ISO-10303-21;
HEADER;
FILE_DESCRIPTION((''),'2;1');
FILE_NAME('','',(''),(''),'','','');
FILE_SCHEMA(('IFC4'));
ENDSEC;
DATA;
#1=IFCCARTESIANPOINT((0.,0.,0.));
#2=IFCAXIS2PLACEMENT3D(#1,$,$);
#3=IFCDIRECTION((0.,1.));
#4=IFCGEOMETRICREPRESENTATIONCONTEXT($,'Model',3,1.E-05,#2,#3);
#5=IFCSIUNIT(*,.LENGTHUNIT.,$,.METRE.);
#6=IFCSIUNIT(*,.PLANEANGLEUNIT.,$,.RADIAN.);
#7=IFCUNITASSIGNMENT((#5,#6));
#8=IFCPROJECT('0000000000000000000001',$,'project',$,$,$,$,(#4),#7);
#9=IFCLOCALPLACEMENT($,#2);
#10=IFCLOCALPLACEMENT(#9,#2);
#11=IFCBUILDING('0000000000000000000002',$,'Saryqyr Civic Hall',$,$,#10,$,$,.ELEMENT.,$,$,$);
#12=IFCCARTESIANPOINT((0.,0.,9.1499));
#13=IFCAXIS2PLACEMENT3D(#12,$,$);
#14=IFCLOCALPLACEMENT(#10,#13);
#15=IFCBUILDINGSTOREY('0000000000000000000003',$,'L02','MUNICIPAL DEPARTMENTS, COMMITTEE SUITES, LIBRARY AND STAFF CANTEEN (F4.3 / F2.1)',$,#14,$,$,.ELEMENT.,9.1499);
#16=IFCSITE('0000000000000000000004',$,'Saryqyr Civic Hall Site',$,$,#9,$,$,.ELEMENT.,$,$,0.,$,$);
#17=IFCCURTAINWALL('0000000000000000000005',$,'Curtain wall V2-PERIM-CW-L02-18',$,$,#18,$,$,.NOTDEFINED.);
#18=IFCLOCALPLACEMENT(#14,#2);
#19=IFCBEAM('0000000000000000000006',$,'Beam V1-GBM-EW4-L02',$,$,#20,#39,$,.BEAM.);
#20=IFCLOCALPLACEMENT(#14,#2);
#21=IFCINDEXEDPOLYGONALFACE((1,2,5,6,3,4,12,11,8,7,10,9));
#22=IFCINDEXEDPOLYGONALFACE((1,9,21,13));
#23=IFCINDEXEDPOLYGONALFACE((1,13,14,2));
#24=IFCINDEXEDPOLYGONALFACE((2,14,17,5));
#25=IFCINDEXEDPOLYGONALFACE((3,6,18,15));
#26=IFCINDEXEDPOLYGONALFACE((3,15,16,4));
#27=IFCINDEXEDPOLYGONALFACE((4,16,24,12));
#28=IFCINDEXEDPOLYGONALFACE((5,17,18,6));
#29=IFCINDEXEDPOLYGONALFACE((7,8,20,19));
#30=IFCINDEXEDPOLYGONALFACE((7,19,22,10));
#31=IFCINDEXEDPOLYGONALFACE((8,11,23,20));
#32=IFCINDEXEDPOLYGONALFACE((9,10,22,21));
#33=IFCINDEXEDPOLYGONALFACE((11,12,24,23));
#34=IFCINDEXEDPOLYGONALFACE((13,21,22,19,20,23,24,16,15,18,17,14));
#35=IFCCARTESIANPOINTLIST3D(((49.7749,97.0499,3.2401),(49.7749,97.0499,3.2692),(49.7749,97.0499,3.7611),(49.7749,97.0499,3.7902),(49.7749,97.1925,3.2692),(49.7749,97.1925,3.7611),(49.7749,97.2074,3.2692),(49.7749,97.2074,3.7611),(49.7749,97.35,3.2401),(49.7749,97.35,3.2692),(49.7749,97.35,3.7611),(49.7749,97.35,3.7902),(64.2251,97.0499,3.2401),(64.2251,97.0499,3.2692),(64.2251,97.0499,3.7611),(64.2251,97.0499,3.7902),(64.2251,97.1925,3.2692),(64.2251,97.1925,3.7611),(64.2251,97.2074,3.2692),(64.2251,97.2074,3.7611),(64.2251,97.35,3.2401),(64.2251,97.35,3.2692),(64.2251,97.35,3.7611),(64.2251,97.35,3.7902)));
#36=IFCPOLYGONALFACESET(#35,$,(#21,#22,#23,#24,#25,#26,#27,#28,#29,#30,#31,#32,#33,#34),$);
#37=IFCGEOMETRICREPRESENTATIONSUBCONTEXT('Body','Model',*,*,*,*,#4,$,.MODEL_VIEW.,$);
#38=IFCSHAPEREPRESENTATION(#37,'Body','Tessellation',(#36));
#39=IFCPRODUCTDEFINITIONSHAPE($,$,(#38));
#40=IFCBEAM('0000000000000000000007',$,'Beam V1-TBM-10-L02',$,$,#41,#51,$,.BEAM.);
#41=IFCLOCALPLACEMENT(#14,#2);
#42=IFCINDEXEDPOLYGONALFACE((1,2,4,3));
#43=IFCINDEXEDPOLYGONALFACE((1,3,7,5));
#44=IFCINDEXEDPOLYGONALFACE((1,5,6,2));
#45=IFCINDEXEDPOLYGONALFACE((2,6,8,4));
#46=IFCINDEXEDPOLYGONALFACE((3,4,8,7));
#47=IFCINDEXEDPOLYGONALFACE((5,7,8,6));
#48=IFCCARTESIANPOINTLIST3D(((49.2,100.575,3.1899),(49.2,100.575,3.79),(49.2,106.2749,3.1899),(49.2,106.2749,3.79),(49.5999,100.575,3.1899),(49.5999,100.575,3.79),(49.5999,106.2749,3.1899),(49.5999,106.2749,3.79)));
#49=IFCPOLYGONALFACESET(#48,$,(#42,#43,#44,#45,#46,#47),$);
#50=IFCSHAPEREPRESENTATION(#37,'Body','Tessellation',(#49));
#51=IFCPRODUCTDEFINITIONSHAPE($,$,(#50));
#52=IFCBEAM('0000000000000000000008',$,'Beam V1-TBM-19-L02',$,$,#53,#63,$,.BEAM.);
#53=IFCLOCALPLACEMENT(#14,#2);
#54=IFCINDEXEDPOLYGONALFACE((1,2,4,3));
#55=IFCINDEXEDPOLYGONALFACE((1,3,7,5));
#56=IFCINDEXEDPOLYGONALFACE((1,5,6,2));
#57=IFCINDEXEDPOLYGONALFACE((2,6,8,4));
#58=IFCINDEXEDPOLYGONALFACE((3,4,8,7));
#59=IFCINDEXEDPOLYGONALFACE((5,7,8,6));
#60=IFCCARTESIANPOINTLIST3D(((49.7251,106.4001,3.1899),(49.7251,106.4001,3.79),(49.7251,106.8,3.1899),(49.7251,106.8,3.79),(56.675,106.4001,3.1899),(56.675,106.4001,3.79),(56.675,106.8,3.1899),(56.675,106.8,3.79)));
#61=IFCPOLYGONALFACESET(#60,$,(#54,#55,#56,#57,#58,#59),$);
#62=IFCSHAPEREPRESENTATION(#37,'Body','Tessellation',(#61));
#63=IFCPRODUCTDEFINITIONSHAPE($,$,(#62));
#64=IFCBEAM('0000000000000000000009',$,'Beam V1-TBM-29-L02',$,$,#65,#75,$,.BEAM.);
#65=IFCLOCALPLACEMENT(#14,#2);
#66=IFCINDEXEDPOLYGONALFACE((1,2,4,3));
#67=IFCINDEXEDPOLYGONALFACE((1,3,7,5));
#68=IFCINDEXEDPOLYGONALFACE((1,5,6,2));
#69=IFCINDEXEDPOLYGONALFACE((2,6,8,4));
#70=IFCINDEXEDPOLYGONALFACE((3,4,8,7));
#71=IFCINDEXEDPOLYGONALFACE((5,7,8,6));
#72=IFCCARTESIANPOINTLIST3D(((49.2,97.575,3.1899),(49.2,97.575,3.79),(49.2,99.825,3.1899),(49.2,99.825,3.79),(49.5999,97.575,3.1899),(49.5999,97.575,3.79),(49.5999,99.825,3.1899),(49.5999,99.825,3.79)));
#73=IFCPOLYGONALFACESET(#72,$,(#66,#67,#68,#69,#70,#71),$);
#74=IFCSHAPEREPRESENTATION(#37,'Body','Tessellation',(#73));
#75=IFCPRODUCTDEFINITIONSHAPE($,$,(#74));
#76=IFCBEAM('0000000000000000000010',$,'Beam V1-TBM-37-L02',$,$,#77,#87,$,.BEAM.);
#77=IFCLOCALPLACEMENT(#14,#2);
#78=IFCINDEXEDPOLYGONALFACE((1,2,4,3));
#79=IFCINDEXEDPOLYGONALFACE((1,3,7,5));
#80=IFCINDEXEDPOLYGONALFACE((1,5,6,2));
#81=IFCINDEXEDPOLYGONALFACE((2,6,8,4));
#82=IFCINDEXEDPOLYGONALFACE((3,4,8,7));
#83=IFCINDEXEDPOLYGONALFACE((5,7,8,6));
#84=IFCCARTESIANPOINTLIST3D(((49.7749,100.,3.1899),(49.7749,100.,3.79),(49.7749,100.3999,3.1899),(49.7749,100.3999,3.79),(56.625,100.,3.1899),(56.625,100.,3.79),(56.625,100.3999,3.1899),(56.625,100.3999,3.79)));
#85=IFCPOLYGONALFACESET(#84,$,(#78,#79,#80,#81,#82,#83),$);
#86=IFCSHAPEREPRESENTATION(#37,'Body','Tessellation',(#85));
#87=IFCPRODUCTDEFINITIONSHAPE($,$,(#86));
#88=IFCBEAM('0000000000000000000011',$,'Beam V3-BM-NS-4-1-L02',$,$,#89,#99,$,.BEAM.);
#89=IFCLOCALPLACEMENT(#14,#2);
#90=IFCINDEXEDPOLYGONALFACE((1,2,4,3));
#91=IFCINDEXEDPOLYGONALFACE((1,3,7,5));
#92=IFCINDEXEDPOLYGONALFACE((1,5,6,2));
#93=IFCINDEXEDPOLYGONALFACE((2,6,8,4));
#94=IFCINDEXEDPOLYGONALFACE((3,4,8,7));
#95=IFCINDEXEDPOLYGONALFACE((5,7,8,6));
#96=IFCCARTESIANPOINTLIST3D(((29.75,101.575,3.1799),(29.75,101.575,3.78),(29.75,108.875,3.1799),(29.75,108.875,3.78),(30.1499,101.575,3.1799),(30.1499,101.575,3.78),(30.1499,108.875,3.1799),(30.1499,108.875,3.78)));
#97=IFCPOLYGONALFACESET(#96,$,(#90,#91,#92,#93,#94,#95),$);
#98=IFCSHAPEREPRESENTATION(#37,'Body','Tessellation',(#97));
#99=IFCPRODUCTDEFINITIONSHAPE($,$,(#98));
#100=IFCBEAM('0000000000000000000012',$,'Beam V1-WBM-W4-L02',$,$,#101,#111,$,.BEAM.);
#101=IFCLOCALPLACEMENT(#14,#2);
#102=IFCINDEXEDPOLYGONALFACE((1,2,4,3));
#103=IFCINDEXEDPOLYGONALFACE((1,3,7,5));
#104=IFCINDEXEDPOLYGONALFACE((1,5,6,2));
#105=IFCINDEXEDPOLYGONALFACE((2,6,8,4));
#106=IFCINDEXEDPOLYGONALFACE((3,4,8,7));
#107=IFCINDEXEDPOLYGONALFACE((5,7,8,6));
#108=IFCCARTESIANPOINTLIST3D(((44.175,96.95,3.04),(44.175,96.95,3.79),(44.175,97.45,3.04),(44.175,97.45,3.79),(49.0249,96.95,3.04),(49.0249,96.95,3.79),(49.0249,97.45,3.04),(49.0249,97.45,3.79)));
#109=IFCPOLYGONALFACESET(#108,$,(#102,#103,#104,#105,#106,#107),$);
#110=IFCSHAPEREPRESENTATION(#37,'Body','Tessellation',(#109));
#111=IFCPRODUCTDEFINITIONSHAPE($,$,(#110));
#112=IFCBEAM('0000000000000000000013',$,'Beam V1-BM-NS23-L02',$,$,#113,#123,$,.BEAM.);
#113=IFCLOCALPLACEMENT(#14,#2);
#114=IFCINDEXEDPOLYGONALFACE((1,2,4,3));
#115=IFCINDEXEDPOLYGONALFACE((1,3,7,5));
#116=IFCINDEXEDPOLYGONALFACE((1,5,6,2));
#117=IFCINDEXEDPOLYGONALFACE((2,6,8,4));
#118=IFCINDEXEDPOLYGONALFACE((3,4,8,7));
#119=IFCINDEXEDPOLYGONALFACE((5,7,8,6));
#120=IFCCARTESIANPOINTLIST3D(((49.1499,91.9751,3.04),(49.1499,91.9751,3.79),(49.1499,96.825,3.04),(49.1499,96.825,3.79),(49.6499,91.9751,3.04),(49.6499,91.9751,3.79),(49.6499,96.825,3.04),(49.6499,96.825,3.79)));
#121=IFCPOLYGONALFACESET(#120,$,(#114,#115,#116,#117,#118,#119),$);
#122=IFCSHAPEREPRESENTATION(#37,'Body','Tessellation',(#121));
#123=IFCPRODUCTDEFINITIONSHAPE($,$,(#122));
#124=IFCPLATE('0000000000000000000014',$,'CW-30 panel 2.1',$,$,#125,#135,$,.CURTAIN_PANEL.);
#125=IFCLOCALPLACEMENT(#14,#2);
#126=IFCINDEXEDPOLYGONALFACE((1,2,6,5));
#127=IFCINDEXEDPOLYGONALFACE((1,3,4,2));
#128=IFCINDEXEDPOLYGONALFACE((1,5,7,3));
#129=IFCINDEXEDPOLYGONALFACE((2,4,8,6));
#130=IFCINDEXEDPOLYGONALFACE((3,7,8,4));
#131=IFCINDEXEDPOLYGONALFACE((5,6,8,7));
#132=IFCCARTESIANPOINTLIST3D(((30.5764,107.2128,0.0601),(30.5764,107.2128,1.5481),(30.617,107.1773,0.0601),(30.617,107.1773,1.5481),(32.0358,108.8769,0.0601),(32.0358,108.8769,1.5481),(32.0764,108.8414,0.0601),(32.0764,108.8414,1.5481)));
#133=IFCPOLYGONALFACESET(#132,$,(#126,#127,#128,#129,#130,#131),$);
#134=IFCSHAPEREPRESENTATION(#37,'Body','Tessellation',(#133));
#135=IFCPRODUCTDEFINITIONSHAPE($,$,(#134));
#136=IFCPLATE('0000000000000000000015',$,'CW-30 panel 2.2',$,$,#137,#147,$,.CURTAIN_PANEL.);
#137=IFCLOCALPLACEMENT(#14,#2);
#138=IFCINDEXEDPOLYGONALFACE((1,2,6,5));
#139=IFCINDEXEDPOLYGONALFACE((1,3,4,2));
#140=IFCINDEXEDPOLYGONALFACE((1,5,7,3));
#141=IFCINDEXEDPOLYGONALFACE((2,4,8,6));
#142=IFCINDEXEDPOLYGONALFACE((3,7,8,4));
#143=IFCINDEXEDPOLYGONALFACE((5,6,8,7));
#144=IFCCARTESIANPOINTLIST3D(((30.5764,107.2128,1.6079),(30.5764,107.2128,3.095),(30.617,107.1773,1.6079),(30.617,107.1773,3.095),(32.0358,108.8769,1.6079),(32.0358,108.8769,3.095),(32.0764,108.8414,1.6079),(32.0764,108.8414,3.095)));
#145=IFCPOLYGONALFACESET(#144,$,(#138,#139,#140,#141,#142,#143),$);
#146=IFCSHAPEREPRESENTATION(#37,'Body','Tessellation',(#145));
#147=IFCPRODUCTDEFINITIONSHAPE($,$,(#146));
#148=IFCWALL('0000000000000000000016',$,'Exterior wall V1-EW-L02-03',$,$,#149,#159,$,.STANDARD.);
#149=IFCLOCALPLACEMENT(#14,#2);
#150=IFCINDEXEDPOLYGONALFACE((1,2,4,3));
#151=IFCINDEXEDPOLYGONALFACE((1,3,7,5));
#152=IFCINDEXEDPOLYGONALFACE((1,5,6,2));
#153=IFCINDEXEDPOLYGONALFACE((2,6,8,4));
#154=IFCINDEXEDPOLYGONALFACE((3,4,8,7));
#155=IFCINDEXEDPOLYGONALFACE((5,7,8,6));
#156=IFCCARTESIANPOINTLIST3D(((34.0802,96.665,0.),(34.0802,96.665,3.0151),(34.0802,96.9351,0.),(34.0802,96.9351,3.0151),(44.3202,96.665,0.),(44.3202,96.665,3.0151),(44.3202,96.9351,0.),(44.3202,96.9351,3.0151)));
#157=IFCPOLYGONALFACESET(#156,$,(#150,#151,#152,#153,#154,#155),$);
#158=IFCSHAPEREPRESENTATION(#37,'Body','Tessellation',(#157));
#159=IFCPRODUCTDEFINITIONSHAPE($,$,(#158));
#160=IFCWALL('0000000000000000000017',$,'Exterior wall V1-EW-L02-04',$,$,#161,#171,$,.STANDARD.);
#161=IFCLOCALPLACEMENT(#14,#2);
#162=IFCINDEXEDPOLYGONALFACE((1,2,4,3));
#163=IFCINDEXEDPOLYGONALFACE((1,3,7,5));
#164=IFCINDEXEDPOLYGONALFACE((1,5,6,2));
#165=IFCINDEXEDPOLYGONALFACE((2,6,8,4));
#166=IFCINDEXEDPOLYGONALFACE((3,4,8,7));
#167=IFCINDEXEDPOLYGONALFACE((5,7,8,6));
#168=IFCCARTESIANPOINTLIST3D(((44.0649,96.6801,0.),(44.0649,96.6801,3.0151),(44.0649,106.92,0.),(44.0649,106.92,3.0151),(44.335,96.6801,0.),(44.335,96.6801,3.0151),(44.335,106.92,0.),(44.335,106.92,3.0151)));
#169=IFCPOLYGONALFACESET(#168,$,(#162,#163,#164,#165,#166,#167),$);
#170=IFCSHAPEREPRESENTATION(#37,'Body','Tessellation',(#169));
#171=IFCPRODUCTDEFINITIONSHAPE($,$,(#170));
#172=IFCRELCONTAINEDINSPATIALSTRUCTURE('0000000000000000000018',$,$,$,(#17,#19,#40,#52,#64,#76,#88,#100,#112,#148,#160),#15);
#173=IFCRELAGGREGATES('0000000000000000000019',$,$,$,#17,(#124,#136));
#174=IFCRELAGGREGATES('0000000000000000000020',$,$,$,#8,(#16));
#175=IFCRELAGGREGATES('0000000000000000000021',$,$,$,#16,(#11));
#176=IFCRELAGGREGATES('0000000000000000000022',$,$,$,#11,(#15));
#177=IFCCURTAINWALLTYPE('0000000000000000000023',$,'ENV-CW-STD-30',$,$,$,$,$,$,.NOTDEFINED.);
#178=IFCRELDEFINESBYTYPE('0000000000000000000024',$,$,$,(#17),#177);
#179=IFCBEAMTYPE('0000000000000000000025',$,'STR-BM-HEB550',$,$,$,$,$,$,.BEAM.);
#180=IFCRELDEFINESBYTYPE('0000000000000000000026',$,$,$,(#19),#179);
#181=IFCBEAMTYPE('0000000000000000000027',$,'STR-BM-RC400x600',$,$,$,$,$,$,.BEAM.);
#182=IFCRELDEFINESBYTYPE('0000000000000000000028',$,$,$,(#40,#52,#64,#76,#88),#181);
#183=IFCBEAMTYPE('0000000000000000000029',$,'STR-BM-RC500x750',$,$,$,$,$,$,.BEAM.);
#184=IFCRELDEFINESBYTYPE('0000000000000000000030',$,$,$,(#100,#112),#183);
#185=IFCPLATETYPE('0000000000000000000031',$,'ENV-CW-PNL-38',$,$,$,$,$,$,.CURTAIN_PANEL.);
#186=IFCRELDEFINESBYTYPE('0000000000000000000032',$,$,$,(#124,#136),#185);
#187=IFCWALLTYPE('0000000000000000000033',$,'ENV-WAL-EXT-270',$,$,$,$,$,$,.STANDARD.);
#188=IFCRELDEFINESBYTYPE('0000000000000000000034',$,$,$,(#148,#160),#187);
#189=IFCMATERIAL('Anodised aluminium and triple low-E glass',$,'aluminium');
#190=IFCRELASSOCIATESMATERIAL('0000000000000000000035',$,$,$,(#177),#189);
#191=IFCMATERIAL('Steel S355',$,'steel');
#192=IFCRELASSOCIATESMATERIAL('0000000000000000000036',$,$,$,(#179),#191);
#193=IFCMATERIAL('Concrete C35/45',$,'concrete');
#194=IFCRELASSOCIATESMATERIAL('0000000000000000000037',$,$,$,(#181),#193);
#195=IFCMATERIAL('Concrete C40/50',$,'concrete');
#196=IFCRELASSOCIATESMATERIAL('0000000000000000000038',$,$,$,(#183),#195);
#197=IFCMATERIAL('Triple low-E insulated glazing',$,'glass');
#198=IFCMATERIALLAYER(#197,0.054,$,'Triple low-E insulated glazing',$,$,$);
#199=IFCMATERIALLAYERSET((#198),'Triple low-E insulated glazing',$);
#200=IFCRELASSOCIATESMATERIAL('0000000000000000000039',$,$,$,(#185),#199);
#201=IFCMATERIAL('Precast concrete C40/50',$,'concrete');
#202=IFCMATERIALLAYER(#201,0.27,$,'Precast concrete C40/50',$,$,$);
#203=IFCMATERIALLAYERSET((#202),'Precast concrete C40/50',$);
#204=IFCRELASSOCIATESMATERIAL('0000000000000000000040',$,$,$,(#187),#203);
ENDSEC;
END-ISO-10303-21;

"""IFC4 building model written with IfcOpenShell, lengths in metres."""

from ifc_helpers import new_model, si_unit, direction, frame, frame_2d, origin, origin_2d, place, context, subcontext, project, spatial, rectangle, i_section, extrude, material, layer, layer_set, material_profile, profile_set, type_object, element, aggregate, save


model = new_model("IFC4")

# Units and contexts
model_context = context("Model", 3, precision=1e-05, world=origin(), true_north=direction((0.0, 1.0)))
body_context = subcontext(model_context, "Body", "Model", "MODEL_VIEW")
ifc_project = project(units=[si_unit("LENGTHUNIT", "METRE"), si_unit("PLANEANGLEUNIT", "RADIAN")], contexts=[model_context])

# Site, building, storey
site_placement = place(None, origin())
site = spatial("IfcSite", under=ifc_project, at=site_placement, Name="Saryqyr Civic Hall Site", CompositionType="ELEMENT", RefElevation=0.0)
building_placement = place(site_placement, origin())
building = spatial("IfcBuilding", under=site, at=building_placement, Name="Saryqyr Civic Hall", CompositionType="ELEMENT")
storey_placement = place(building_placement, frame((0.0, 0.0, 9.1499)))
storey = spatial("IfcBuildingStorey", under=building, at=storey_placement, Name="L02", Description="MUNICIPAL DEPARTMENTS, COMMITTEE SUITES, LIBRARY AND STAFF CANTEEN (F4.3 / F2.1)", CompositionType="ELEMENT", Elevation=9.1499)

# Shared definitions
ifc_material_1 = material(Name="Concrete C40/50", Category="concrete")

# Shared definitions
ifc_material_2 = material(Name="Anodised aluminium and triple low-E glass", Category="aluminium")

# Curtain wall
curtain_wall_type_1 = type_object("IfcCurtainWallType", Name="ENV-CW-STD-30", PredefinedType="NOTDEFINED", material=ifc_material_2)
curtain_wall_1_placement = place(storey_placement, origin())
curtain_wall_1 = element("IfcCurtainWall", 1, at=curtain_wall_1_placement, inside=storey, type_object=curtain_wall_type_1, Name="Curtain wall V2-PERIM-CW-L02-18", PredefinedType="NOTDEFINED")

# Beams
ifc_material_3 = material(Name="Steel S355", Category="steel")
ifc_material_profile_1 = material_profile(ifc_material_3, i_section(OverallWidth=0.3, OverallDepth=0.55, WebThickness=0.0149, FlangeThickness=0.0291, at=origin_2d()), Name="HEB 550")
ifc_profile_set_1 = profile_set([ifc_material_profile_1], Name="Steel S355")
beam_type_1 = type_object("IfcBeamType", Name="STR-BM-HEB550", PredefinedType="BEAM", material=ifc_profile_set_1)
beam_1_placement = place(storey_placement, frame((49.7749, 97.2, 3.5151), z_axis=(1.0, 0.0, 0.0), x_axis=(0.0, 1.0, 0.0)))
element("IfcBeam", 2, at=beam_1_placement, inside=storey, type_object=beam_type_1, Name="Beam V1-GBM-EW4-L02", PredefinedType="BEAM", context=body_context, shape_type="SweptSolid", body=[
    extrude(i_section(OverallWidth=0.3, OverallDepth=0.55, WebThickness=0.0149, FlangeThickness=0.0291, at=origin_2d()), origin(), (0.0, 0.0, 1.0), 14.4502),
])
ifc_material_4 = material(Name="Concrete C35/45", Category="concrete")
ifc_material_profile_2 = material_profile(ifc_material_4, rectangle(XDim=0.3999, YDim=0.6001, at=origin_2d()), Name="RC 400x600")
ifc_profile_set_2 = profile_set([ifc_material_profile_2], Name="Concrete C35/45")
beam_type_2 = type_object("IfcBeamType", Name="STR-BM-RC400x600", PredefinedType="BEAM", material=ifc_profile_set_2)
beam_2_placement = place(storey_placement, frame((49.3999, 100.575, 3.49), z_axis=(0.0, 1.0, 0.0), x_axis=(-1.0, 0.0, 0.0)))
element("IfcBeam", 3, at=beam_2_placement, inside=storey, type_object=beam_type_2, Name="Beam V1-TBM-10-L02", PredefinedType="BEAM", context=body_context, shape_type="SweptSolid", body=[
    extrude(rectangle(XDim=0.3999, YDim=0.6001, at=origin_2d()), origin(), (0.0, 0.0, 1.0), 5.7),
])
beam_3_placement = place(storey_placement, frame((49.7251, 106.6001, 3.49), z_axis=(1.0, 0.0, 0.0), x_axis=(0.0, 1.0, 0.0)))
element("IfcBeam", 4, at=beam_3_placement, inside=storey, type_object=beam_type_2, Name="Beam V1-TBM-19-L02", PredefinedType="BEAM", context=body_context, shape_type="SweptSolid", body=[
    extrude(rectangle(XDim=0.3999, YDim=0.6001, at=origin_2d()), origin(), (0.0, 0.0, 1.0), 6.95),
])
beam_4_placement = place(storey_placement, frame((49.3999, 97.575, 3.49), z_axis=(0.0, 1.0, 0.0), x_axis=(-1.0, 0.0, 0.0)))
element("IfcBeam", 5, at=beam_4_placement, inside=storey, type_object=beam_type_2, Name="Beam V1-TBM-29-L02", PredefinedType="BEAM", context=body_context, shape_type="SweptSolid", body=[
    extrude(rectangle(XDim=0.3999, YDim=0.6001, at=origin_2d()), origin(), (0.0, 0.0, 1.0), 2.25),
])
beam_5_placement = place(storey_placement, frame((49.7749, 100.2, 3.49), z_axis=(1.0, 0.0, 0.0), x_axis=(0.0, 1.0, 0.0)))
element("IfcBeam", 6, at=beam_5_placement, inside=storey, type_object=beam_type_2, Name="Beam V1-TBM-37-L02", PredefinedType="BEAM", context=body_context, shape_type="SweptSolid", body=[
    extrude(rectangle(XDim=0.3999, YDim=0.6001, at=origin_2d()), origin(), (0.0, 0.0, 1.0), 6.8501),
])
beam_6_placement = place(storey_placement, frame((29.95, 101.575, 3.48), z_axis=(0.0, 1.0, 0.0), x_axis=(-1.0, 0.0, 0.0)))
element("IfcBeam", 7, at=beam_6_placement, inside=storey, type_object=beam_type_2, Name="Beam V3-BM-NS-4-1-L02", PredefinedType="BEAM", context=body_context, shape_type="SweptSolid", body=[
    extrude(rectangle(XDim=0.3999, YDim=0.6001, at=origin_2d()), origin(), (0.0, 0.0, 1.0), 7.3),
])
ifc_material_profile_3 = material_profile(ifc_material_1, rectangle(XDim=0.5, YDim=0.75, at=origin_2d()), Name="RC 500x750")
ifc_profile_set_3 = profile_set([ifc_material_profile_3], Name="Concrete C40/50")
beam_type_3 = type_object("IfcBeamType", Name="STR-BM-RC500x750", PredefinedType="BEAM", material=ifc_profile_set_3)
for number, where, z_axis, x_axis, name in (
    (8, (44.175, 97.2, 3.415), (1.0, 0.0, 0.0), (0.0, 1.0, 0.0), "Beam V1-WBM-W4-L02"),
    (9, (49.3999, 91.9751, 3.415), (0.0, 1.0, 0.0), (-1.0, 0.0, 0.0), "Beam V1-BM-NS23-L02"),
):
    element("IfcBeam", number, at=place(storey_placement, frame(where, z_axis=z_axis, x_axis=x_axis)), inside=storey, type_object=beam_type_3, Name=name, PredefinedType="BEAM", context=body_context, shape_type="SweptSolid", body=[
        extrude(rectangle(XDim=0.5, YDim=0.75, at=origin_2d()), origin(), (0.0, 0.0, 1.0), 4.8499),
    ])

# Plates
ifc_material_5 = material(Name="Triple low-E insulated glazing", Category="glass")
ifc_layer_1 = layer(ifc_material_5, 0.054, Name="Triple low-E insulated glazing")
ifc_layer_set_1 = layer_set([ifc_layer_1], Name="Triple low-E insulated glazing")
plate_type = type_object("IfcPlateType", Name="ENV-CW-PNL-38", PredefinedType="CURTAIN_PANEL", material=ifc_layer_set_1)
plate_1_placement = place(storey_placement, frame((31.3264, 108.0271, 0.0601), z_axis=(0.0, 0.0, 1.0), x_axis=(0.659348, 0.751838, 0.0)))
plate_1 = element("IfcPlate", 10, at=plate_1_placement, type_object=plate_type, Name="CW-30 panel 2.1", PredefinedType="CURTAIN_PANEL", context=body_context, shape_type="SweptSolid", body=[
    extrude(rectangle(XDim=2.2134, YDim=0.054, at=origin_2d()), origin(), (0.0, 0.0, 1.0), 1.488),
])
plate_2_placement = place(storey_placement, frame((31.3264, 108.0271, 1.6079), z_axis=(0.0, 0.0, 1.0), x_axis=(0.659348, 0.751838, 0.0)))
plate_2 = element("IfcPlate", 11, at=plate_2_placement, type_object=plate_type, Name="CW-30 panel 2.2", PredefinedType="CURTAIN_PANEL", context=body_context, shape_type="SweptSolid", body=[
    extrude(rectangle(XDim=2.2134, YDim=0.054, at=origin_2d()), origin(), (0.0, 0.0, 1.0), 1.4871),
])
aggregate(curtain_wall_1, [plate_1, plate_2])

# Walls
ifc_material_6 = material(Name="Precast concrete C40/50", Category="concrete")
ifc_layer_2 = layer(ifc_material_6, 0.27, Name="Precast concrete C40/50")
ifc_layer_set_2 = layer_set([ifc_layer_2], Name="Precast concrete C40/50")
wall_type_1 = type_object("IfcWallType", Name="ENV-WAL-EXT-270", PredefinedType="STANDARD", material=ifc_layer_set_2)
for number, where, z_axis, x_axis, name in (
    (12, (34.0801, 96.8, 0.0), (0.0, 0.0, 1.0), (1.0, 0.0, 0.0), "Exterior wall V1-EW-L02-03"),
    (13, (44.2, 96.6799, 0.0), (0.0, 0.0, 1.0), (0.0, 1.0, 0.0), "Exterior wall V1-EW-L02-04"),
):
    element("IfcWall", number, at=place(storey_placement, frame(where, z_axis=z_axis, x_axis=x_axis)), inside=storey, type_object=wall_type_1, Name=name, PredefinedType="STANDARD", context=body_context, shape_type="SweptSolid", body=[
        extrude(rectangle(XDim=10.24, YDim=0.27, at=frame_2d((5.1201, 0.0))), origin(), (0.0, 0.0, 1.0), 3.0151),
    ])

save(model, "model.ifc")
